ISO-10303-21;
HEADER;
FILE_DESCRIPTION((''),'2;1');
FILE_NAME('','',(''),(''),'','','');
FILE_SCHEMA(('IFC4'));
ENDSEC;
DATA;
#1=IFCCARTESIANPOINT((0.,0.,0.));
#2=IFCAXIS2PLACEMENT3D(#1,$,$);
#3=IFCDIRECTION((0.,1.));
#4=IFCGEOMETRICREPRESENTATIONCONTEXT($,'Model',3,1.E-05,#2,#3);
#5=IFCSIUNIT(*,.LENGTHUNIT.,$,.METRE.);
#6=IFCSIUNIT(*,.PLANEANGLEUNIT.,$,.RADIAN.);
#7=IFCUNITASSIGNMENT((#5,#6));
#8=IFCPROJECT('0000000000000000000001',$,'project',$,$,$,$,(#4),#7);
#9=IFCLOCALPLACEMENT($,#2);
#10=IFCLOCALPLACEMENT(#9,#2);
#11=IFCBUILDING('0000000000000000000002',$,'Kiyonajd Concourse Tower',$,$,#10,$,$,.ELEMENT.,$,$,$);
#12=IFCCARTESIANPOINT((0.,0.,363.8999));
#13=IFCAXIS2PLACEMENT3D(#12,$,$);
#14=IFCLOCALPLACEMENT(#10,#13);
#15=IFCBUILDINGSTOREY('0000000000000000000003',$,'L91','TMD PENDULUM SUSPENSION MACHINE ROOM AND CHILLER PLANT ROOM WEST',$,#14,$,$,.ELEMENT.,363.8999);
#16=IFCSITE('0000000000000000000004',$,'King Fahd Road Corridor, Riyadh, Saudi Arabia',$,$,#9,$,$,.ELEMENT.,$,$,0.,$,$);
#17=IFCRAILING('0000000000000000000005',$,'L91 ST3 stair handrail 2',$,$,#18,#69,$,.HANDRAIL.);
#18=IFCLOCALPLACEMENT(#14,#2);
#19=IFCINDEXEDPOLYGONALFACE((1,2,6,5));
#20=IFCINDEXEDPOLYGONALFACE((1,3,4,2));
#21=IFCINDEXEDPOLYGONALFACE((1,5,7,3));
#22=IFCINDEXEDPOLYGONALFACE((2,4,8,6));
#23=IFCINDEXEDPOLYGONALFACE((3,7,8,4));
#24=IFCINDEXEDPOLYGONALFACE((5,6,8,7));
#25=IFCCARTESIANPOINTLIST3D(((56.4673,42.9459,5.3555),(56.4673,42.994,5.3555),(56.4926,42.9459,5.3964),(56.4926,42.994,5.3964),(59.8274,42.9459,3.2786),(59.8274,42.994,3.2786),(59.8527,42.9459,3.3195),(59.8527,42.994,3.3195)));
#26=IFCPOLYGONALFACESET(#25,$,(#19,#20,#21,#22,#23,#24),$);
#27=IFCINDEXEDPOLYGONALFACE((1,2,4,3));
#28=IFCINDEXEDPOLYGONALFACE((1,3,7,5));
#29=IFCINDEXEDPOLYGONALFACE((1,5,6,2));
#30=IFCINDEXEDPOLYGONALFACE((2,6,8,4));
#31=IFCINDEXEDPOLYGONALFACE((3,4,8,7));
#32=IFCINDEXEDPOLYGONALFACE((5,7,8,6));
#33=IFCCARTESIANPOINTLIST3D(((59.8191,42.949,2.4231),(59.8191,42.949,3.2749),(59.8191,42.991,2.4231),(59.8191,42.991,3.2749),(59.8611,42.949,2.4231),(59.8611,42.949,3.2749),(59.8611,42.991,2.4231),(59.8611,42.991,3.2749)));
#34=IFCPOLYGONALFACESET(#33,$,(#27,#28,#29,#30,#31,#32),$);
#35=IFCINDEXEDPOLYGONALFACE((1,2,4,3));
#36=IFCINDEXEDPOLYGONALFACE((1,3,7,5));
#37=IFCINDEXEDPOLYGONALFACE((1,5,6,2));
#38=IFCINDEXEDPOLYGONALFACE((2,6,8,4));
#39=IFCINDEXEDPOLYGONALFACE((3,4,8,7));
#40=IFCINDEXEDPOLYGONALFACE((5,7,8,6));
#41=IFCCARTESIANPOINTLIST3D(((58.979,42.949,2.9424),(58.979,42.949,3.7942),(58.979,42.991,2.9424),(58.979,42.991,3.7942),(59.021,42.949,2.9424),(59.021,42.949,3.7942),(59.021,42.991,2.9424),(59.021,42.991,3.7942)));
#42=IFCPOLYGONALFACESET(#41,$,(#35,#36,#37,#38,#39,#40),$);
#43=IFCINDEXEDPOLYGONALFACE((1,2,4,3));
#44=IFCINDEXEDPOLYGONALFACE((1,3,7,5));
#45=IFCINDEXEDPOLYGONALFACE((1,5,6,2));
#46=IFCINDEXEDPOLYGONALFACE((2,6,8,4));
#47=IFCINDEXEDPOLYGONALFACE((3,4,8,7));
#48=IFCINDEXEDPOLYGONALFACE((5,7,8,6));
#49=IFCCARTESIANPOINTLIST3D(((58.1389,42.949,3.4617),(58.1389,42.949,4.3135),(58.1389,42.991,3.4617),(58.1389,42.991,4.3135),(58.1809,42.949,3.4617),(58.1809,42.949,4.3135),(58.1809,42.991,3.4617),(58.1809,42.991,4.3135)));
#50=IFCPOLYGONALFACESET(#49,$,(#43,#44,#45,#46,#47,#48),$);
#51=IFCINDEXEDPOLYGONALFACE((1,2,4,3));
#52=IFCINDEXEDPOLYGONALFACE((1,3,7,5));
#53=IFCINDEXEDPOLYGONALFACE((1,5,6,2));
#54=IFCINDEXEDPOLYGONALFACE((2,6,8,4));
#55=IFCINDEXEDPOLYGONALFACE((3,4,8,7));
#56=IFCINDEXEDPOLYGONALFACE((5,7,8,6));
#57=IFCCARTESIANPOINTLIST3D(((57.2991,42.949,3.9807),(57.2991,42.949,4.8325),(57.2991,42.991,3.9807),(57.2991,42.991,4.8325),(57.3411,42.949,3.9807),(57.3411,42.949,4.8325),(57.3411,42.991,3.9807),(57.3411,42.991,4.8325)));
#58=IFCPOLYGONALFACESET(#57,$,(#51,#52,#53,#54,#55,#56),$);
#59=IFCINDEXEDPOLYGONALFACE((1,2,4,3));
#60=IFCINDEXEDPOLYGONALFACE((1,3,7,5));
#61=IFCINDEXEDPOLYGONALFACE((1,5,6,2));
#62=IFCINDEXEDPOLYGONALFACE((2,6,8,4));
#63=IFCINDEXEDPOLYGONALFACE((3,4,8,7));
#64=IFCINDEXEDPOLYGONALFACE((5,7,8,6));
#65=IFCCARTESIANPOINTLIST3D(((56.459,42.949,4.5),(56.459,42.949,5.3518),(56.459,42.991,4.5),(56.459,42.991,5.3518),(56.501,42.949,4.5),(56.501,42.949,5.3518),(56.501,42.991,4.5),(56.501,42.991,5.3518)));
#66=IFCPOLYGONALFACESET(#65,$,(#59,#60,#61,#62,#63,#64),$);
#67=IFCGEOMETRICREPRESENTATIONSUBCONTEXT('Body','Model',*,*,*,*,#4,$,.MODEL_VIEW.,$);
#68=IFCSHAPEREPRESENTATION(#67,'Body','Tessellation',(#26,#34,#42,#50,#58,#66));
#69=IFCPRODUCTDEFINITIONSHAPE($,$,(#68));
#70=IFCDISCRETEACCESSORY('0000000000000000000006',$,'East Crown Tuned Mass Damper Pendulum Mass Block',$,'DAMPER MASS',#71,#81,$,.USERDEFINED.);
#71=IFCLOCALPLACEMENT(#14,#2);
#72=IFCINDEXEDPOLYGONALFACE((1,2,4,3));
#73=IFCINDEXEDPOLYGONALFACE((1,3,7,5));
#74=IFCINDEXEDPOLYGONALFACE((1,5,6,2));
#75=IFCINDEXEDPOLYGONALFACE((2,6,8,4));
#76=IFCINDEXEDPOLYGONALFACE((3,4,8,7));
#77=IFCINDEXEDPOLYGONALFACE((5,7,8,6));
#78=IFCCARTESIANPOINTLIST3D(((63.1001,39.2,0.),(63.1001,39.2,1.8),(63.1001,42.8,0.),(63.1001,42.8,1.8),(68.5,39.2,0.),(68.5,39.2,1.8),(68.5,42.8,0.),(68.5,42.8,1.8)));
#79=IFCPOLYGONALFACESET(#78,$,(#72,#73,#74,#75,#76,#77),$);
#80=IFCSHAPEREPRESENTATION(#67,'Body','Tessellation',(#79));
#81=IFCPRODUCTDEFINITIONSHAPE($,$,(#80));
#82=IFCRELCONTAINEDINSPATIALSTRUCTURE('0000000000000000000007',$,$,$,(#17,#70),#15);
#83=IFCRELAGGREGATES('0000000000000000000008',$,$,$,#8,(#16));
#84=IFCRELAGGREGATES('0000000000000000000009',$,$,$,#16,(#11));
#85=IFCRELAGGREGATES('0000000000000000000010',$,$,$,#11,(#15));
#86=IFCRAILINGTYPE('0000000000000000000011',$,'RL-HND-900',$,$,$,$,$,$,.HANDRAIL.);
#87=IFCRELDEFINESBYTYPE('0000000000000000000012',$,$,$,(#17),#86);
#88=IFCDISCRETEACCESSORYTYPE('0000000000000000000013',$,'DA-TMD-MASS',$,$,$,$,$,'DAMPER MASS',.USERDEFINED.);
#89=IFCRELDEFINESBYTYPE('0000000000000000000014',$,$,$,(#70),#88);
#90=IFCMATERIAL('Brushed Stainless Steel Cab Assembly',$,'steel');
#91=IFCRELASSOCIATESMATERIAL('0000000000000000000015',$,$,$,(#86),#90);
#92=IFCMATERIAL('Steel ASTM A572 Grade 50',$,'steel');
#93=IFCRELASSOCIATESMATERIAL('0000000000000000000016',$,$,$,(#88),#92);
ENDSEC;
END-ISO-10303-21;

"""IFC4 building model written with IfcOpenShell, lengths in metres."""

from ifc_helpers import new_model, si_unit, direction, frame, origin, origin_2d, place, context, subcontext, project, spatial, rectangle, extrude, material, type_object, element, save


model = new_model("IFC4")

# Units and contexts
model_context = context("Model", 3, precision=1e-05, world=origin(), true_north=direction((0.0, 1.0)))
body_context = subcontext(model_context, "Body", "Model", "MODEL_VIEW")
ifc_project = project(units=[si_unit("LENGTHUNIT", "METRE"), si_unit("PLANEANGLEUNIT", "RADIAN")], contexts=[model_context])

# Site, building, storey
site_placement = place(None, origin())
site = spatial("IfcSite", under=ifc_project, at=site_placement, Name="King Fahd Road Corridor, Riyadh, Saudi Arabia", CompositionType="ELEMENT", RefElevation=0.0)
building_placement = place(site_placement, origin())
building = spatial("IfcBuilding", under=site, at=building_placement, Name="Kiyonajd Concourse Tower", CompositionType="ELEMENT")
storey_placement = place(building_placement, frame((0.0, 0.0, 363.8999)))
storey = spatial("IfcBuildingStorey", under=building, at=storey_placement, Name="L91", Description="TMD PENDULUM SUSPENSION MACHINE ROOM AND CHILLER PLANT ROOM WEST", CompositionType="ELEMENT", Elevation=363.8999)

# Shared definitions
ifc_material_1 = material(Name="Steel ASTM A572 Grade 50", Category="steel")

# Railing
ifc_material_2 = material(Name="Brushed Stainless Steel Cab Assembly", Category="steel")
railing_type_1 = type_object("IfcRailingType", Name="RL-HND-900", PredefinedType="HANDRAIL", material=ifc_material_2)
railing_1_placement = place(storey_placement, frame((59.8401, 42.97, 2.4231)))
element("IfcRailing", 1, at=railing_1_placement, inside=storey, type_object=railing_type_1, Name="L91 ST3 stair handrail 2", PredefinedType="HANDRAIL", context=body_context, shape_type="SweptSolid", body=[
    extrude(rectangle(XDim=0.0481, YDim=0.0481, at=origin_2d()), frame((0.0, 0.0, 0.876), z_axis=(-0.850623, 0.0, 0.525776), x_axis=(0.0, -1.0, 0.0)), (0.0, 0.0, 1.0), 3.9502),
    extrude(rectangle(XDim=0.042, YDim=0.042, at=origin_2d()), origin(), (0.0, 0.0, 1.0), 0.8518),
    extrude(rectangle(XDim=0.042, YDim=0.042, at=origin_2d()), frame((-0.8401, 0.0, 0.5193)), (0.0, 0.0, 1.0), 0.8518),
    extrude(rectangle(XDim=0.042, YDim=0.042, at=origin_2d()), frame((-1.6802, 0.0, 1.0386)), (0.0, 0.0, 1.0), 0.8518),
    extrude(rectangle(XDim=0.042, YDim=0.042, at=origin_2d()), frame((-2.52, 0.0, 1.5576)), (0.0, 0.0, 1.0), 0.8518),
    extrude(rectangle(XDim=0.042, YDim=0.042, at=origin_2d()), frame((-3.3601, 0.0, 2.0769)), (0.0, 0.0, 1.0), 0.8518),
])

# Discrete accessory
discrete_accessory_type = type_object("IfcDiscreteAccessoryType", Name="DA-TMD-MASS", ElementType="DAMPER MASS", PredefinedType="USERDEFINED", material=ifc_material_1)
discrete_accessory_placement = place(storey_placement, frame((65.8, 41.0, 0.0), z_axis=(0.0, 0.0, 1.0), x_axis=(1.0, 0.0, 0.0)))
element("IfcDiscreteAccessory", 2, at=discrete_accessory_placement, inside=storey, type_object=discrete_accessory_type, Name="East Crown Tuned Mass Damper Pendulum Mass Block", ObjectType="DAMPER MASS", PredefinedType="USERDEFINED", context=body_context, shape_type="SweptSolid", body=[
    extrude(rectangle(XDim=5.3999, YDim=3.6001, at=origin_2d()), origin(), (0.0, 0.0, 1.0), 1.8),
])

save(model, "model.ifc")
